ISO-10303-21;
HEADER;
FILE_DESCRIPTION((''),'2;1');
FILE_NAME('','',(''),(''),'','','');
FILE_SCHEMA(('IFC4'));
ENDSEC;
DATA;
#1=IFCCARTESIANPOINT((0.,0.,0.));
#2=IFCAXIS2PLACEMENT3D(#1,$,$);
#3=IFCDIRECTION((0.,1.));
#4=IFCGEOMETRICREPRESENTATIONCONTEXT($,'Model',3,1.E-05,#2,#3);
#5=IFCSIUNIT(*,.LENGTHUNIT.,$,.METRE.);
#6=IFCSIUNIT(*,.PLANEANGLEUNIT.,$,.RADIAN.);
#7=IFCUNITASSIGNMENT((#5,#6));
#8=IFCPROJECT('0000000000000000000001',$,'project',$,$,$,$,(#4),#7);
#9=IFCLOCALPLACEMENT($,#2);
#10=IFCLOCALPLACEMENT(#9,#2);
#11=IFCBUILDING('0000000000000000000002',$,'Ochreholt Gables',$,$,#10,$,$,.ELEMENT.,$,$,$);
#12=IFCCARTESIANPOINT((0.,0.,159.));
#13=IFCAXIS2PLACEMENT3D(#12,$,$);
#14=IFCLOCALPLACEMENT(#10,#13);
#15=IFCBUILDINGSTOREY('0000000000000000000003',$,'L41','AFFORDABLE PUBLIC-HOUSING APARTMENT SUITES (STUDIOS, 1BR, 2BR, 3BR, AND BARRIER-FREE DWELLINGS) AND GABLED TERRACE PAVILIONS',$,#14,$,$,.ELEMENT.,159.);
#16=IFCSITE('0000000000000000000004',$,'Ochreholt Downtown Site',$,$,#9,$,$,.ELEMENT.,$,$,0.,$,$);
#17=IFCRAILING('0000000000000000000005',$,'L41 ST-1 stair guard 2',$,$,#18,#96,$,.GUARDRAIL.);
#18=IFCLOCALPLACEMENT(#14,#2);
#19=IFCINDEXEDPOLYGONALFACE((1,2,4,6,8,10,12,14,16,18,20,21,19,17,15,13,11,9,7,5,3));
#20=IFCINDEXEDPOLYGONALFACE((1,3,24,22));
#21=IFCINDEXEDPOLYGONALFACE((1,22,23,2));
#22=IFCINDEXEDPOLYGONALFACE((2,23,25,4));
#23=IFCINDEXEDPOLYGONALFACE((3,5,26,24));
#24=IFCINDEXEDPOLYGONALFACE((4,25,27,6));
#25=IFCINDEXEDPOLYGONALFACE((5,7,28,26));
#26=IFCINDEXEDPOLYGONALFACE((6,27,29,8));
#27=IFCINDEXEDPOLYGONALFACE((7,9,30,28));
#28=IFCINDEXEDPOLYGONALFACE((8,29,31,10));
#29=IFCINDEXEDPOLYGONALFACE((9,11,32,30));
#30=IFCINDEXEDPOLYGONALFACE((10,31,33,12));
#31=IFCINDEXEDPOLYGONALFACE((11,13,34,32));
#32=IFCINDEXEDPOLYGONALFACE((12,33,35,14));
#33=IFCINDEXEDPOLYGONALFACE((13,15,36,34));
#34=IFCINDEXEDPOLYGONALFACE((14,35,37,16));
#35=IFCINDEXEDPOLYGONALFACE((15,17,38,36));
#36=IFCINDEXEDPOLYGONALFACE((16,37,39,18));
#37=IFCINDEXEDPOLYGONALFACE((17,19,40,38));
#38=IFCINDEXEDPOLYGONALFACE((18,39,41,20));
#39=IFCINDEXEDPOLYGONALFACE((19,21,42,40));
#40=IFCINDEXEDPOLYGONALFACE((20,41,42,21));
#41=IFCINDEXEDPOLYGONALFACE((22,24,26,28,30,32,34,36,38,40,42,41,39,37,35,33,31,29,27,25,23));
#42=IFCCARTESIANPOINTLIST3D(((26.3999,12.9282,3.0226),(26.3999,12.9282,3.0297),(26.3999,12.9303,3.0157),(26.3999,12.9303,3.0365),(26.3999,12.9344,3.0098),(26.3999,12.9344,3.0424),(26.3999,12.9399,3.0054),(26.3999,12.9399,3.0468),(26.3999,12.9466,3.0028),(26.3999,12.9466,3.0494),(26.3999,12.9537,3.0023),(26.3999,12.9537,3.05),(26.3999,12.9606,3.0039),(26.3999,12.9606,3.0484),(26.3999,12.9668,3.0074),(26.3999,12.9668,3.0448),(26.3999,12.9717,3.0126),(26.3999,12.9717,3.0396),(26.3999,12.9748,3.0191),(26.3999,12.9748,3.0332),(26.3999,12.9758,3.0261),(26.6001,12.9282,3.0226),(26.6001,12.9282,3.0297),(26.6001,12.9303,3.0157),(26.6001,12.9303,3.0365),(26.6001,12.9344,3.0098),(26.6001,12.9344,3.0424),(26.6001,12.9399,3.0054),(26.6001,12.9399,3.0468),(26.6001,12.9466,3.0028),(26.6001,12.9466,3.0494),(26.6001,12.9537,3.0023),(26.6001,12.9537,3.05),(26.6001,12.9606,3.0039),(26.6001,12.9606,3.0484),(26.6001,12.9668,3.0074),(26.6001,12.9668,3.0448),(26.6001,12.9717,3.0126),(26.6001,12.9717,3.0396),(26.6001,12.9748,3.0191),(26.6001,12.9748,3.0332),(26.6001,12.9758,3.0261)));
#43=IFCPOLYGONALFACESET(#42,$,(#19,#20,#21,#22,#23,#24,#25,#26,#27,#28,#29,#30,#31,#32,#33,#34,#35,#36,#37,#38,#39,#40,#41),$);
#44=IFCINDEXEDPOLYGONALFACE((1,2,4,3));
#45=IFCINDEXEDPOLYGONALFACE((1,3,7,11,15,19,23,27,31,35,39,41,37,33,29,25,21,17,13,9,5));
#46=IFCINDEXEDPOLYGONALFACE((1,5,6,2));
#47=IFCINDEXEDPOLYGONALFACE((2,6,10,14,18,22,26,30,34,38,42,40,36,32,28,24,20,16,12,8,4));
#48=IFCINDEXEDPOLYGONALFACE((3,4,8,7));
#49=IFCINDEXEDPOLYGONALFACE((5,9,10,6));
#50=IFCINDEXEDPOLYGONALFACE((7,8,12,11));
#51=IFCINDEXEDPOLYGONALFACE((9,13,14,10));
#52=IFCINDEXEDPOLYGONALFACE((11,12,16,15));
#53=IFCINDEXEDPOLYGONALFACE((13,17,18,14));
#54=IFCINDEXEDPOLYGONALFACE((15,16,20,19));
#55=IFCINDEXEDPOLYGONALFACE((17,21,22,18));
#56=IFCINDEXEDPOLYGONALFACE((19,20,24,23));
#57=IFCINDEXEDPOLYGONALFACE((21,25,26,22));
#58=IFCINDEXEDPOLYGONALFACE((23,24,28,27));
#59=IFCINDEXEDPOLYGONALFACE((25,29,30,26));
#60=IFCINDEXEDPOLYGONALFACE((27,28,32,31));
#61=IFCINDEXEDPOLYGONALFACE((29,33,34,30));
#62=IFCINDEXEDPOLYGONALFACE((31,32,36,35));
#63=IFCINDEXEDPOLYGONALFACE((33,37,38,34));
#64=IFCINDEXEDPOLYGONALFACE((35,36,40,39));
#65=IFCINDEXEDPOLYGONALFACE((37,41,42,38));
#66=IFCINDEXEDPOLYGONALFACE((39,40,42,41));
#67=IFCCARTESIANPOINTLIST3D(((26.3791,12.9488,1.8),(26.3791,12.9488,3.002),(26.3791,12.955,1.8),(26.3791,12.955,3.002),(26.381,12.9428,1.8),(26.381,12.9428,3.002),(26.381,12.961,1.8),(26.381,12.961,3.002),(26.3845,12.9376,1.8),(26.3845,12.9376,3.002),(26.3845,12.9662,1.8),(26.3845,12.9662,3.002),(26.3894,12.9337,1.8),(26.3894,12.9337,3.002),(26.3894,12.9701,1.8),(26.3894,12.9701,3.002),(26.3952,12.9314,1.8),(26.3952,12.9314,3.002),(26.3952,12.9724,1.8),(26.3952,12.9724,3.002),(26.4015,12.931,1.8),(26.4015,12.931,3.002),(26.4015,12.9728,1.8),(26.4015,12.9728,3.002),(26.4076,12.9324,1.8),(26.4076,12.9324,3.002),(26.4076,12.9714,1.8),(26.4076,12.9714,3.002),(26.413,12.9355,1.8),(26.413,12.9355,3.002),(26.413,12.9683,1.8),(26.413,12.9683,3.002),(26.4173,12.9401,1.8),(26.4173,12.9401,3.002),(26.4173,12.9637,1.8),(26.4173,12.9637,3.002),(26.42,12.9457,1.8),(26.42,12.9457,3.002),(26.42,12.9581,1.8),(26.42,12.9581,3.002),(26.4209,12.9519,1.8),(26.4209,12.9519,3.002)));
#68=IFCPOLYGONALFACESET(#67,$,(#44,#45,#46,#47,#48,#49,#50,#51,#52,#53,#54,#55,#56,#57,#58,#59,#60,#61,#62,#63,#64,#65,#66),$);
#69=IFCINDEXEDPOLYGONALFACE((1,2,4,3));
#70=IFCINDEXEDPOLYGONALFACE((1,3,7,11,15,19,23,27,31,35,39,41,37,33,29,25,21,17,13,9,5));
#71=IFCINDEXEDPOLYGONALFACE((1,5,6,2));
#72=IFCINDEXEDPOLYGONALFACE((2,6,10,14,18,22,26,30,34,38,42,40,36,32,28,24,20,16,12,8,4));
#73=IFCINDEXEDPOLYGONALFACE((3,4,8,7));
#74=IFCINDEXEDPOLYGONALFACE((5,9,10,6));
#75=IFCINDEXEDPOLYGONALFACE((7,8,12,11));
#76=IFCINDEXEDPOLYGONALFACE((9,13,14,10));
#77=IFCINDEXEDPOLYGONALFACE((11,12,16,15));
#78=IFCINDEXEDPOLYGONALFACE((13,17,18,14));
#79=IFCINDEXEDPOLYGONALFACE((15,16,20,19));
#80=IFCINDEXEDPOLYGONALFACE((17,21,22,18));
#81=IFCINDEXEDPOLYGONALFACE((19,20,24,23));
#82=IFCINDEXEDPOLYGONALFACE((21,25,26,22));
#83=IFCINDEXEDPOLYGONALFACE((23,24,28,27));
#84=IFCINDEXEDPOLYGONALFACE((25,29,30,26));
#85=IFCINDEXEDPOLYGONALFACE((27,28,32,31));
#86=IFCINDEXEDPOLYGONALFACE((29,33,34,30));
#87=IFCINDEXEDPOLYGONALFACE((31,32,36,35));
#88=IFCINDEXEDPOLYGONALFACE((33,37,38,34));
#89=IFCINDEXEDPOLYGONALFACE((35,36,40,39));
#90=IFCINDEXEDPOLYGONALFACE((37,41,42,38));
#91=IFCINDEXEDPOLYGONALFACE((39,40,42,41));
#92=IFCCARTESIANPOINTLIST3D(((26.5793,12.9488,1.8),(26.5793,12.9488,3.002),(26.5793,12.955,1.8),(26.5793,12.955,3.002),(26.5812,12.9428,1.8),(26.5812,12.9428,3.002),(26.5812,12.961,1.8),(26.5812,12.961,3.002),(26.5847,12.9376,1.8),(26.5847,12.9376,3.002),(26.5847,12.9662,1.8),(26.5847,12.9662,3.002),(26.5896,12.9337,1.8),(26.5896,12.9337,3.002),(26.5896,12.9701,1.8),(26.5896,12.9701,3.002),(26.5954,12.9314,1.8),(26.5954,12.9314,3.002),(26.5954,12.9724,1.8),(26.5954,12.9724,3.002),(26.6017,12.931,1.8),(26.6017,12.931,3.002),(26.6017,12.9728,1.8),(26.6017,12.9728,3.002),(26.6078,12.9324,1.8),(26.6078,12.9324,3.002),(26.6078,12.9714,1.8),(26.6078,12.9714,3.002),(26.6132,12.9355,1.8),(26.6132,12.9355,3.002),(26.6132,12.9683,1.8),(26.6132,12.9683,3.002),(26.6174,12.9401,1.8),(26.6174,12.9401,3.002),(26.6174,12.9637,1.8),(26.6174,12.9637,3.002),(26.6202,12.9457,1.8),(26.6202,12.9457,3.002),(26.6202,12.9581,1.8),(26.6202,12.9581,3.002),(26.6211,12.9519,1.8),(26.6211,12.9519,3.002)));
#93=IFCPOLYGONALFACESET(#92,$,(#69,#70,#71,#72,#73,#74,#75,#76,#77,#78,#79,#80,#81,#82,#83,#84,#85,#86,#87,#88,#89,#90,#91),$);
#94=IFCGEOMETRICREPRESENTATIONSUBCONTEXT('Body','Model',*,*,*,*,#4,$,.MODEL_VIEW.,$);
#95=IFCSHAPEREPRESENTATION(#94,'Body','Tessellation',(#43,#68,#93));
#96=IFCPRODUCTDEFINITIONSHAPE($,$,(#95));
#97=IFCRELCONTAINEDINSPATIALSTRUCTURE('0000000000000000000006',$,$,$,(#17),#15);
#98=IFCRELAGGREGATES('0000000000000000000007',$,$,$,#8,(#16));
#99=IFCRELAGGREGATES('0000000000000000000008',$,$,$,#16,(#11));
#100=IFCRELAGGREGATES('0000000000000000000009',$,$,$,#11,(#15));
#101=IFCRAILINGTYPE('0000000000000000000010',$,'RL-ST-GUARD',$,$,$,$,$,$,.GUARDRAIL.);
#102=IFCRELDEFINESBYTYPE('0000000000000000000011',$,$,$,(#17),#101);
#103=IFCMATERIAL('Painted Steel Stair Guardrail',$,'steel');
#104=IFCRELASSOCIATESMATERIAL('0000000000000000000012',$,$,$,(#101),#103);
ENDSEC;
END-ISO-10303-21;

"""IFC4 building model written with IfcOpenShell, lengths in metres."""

from ifc_helpers import new_model, si_unit, direction, frame, origin, origin_2d, place, context, subcontext, project, spatial, circle, extrude, material, type_object, element, save


model = new_model("IFC4")

# Units and contexts
model_context = context("Model", 3, precision=1e-05, world=origin(), true_north=direction((0.0, 1.0)))
body_context = subcontext(model_context, "Body", "Model", "MODEL_VIEW")
ifc_project = project(units=[si_unit("LENGTHUNIT", "METRE"), si_unit("PLANEANGLEUNIT", "RADIAN")], contexts=[model_context])

# Site, building, storey
site_placement = place(None, origin())
site = spatial("IfcSite", under=ifc_project, at=site_placement, Name="Ochreholt Downtown Site", CompositionType="ELEMENT", RefElevation=0.0)
building_placement = place(site_placement, origin())
building = spatial("IfcBuilding", under=site, at=building_placement, Name="Ochreholt Gables", CompositionType="ELEMENT")
storey_placement = place(building_placement, frame((0.0, 0.0, 159.0)))
storey = spatial("IfcBuildingStorey", under=building, at=storey_placement, Name="L41", Description="AFFORDABLE PUBLIC-HOUSING APARTMENT SUITES (STUDIOS, 1BR, 2BR, 3BR, AND BARRIER-FREE DWELLINGS) AND GABLED TERRACE PAVILIONS", CompositionType="ELEMENT", Elevation=159.0)

# Railing
ifc_material_1 = material(Name="Painted Steel Stair Guardrail", Category="steel")
railing_type_1 = type_object("IfcRailingType", Name="RL-ST-GUARD", PredefinedType="GUARDRAIL", material=ifc_material_1)
railing_1_placement = place(storey_placement, frame((26.3999, 12.9519, 1.8)))
element("IfcRailing", 1, at=railing_1_placement, inside=storey, type_object=railing_type_1, Name="L41 ST-1 stair guard 2", PredefinedType="GUARDRAIL", context=body_context, shape_type="SweptSolid", body=[
    extrude(circle(Radius=0.0239, at=origin_2d()), frame((0.0, 0.0, 1.2261), z_axis=(1.0, 0.0, 0.0), x_axis=(0.0, 1.0, 0.0)), (0.0, 0.0, 1.0), 0.2002),
    extrude(circle(Radius=0.021, at=origin_2d()), origin(), (0.0, 0.0, 1.0), 1.2019),
    extrude(circle(Radius=0.021, at=origin_2d()), frame((0.2002, 0.0, 0.0)), (0.0, 0.0, 1.0), 1.2019),
])

save(model, "model.ifc")
